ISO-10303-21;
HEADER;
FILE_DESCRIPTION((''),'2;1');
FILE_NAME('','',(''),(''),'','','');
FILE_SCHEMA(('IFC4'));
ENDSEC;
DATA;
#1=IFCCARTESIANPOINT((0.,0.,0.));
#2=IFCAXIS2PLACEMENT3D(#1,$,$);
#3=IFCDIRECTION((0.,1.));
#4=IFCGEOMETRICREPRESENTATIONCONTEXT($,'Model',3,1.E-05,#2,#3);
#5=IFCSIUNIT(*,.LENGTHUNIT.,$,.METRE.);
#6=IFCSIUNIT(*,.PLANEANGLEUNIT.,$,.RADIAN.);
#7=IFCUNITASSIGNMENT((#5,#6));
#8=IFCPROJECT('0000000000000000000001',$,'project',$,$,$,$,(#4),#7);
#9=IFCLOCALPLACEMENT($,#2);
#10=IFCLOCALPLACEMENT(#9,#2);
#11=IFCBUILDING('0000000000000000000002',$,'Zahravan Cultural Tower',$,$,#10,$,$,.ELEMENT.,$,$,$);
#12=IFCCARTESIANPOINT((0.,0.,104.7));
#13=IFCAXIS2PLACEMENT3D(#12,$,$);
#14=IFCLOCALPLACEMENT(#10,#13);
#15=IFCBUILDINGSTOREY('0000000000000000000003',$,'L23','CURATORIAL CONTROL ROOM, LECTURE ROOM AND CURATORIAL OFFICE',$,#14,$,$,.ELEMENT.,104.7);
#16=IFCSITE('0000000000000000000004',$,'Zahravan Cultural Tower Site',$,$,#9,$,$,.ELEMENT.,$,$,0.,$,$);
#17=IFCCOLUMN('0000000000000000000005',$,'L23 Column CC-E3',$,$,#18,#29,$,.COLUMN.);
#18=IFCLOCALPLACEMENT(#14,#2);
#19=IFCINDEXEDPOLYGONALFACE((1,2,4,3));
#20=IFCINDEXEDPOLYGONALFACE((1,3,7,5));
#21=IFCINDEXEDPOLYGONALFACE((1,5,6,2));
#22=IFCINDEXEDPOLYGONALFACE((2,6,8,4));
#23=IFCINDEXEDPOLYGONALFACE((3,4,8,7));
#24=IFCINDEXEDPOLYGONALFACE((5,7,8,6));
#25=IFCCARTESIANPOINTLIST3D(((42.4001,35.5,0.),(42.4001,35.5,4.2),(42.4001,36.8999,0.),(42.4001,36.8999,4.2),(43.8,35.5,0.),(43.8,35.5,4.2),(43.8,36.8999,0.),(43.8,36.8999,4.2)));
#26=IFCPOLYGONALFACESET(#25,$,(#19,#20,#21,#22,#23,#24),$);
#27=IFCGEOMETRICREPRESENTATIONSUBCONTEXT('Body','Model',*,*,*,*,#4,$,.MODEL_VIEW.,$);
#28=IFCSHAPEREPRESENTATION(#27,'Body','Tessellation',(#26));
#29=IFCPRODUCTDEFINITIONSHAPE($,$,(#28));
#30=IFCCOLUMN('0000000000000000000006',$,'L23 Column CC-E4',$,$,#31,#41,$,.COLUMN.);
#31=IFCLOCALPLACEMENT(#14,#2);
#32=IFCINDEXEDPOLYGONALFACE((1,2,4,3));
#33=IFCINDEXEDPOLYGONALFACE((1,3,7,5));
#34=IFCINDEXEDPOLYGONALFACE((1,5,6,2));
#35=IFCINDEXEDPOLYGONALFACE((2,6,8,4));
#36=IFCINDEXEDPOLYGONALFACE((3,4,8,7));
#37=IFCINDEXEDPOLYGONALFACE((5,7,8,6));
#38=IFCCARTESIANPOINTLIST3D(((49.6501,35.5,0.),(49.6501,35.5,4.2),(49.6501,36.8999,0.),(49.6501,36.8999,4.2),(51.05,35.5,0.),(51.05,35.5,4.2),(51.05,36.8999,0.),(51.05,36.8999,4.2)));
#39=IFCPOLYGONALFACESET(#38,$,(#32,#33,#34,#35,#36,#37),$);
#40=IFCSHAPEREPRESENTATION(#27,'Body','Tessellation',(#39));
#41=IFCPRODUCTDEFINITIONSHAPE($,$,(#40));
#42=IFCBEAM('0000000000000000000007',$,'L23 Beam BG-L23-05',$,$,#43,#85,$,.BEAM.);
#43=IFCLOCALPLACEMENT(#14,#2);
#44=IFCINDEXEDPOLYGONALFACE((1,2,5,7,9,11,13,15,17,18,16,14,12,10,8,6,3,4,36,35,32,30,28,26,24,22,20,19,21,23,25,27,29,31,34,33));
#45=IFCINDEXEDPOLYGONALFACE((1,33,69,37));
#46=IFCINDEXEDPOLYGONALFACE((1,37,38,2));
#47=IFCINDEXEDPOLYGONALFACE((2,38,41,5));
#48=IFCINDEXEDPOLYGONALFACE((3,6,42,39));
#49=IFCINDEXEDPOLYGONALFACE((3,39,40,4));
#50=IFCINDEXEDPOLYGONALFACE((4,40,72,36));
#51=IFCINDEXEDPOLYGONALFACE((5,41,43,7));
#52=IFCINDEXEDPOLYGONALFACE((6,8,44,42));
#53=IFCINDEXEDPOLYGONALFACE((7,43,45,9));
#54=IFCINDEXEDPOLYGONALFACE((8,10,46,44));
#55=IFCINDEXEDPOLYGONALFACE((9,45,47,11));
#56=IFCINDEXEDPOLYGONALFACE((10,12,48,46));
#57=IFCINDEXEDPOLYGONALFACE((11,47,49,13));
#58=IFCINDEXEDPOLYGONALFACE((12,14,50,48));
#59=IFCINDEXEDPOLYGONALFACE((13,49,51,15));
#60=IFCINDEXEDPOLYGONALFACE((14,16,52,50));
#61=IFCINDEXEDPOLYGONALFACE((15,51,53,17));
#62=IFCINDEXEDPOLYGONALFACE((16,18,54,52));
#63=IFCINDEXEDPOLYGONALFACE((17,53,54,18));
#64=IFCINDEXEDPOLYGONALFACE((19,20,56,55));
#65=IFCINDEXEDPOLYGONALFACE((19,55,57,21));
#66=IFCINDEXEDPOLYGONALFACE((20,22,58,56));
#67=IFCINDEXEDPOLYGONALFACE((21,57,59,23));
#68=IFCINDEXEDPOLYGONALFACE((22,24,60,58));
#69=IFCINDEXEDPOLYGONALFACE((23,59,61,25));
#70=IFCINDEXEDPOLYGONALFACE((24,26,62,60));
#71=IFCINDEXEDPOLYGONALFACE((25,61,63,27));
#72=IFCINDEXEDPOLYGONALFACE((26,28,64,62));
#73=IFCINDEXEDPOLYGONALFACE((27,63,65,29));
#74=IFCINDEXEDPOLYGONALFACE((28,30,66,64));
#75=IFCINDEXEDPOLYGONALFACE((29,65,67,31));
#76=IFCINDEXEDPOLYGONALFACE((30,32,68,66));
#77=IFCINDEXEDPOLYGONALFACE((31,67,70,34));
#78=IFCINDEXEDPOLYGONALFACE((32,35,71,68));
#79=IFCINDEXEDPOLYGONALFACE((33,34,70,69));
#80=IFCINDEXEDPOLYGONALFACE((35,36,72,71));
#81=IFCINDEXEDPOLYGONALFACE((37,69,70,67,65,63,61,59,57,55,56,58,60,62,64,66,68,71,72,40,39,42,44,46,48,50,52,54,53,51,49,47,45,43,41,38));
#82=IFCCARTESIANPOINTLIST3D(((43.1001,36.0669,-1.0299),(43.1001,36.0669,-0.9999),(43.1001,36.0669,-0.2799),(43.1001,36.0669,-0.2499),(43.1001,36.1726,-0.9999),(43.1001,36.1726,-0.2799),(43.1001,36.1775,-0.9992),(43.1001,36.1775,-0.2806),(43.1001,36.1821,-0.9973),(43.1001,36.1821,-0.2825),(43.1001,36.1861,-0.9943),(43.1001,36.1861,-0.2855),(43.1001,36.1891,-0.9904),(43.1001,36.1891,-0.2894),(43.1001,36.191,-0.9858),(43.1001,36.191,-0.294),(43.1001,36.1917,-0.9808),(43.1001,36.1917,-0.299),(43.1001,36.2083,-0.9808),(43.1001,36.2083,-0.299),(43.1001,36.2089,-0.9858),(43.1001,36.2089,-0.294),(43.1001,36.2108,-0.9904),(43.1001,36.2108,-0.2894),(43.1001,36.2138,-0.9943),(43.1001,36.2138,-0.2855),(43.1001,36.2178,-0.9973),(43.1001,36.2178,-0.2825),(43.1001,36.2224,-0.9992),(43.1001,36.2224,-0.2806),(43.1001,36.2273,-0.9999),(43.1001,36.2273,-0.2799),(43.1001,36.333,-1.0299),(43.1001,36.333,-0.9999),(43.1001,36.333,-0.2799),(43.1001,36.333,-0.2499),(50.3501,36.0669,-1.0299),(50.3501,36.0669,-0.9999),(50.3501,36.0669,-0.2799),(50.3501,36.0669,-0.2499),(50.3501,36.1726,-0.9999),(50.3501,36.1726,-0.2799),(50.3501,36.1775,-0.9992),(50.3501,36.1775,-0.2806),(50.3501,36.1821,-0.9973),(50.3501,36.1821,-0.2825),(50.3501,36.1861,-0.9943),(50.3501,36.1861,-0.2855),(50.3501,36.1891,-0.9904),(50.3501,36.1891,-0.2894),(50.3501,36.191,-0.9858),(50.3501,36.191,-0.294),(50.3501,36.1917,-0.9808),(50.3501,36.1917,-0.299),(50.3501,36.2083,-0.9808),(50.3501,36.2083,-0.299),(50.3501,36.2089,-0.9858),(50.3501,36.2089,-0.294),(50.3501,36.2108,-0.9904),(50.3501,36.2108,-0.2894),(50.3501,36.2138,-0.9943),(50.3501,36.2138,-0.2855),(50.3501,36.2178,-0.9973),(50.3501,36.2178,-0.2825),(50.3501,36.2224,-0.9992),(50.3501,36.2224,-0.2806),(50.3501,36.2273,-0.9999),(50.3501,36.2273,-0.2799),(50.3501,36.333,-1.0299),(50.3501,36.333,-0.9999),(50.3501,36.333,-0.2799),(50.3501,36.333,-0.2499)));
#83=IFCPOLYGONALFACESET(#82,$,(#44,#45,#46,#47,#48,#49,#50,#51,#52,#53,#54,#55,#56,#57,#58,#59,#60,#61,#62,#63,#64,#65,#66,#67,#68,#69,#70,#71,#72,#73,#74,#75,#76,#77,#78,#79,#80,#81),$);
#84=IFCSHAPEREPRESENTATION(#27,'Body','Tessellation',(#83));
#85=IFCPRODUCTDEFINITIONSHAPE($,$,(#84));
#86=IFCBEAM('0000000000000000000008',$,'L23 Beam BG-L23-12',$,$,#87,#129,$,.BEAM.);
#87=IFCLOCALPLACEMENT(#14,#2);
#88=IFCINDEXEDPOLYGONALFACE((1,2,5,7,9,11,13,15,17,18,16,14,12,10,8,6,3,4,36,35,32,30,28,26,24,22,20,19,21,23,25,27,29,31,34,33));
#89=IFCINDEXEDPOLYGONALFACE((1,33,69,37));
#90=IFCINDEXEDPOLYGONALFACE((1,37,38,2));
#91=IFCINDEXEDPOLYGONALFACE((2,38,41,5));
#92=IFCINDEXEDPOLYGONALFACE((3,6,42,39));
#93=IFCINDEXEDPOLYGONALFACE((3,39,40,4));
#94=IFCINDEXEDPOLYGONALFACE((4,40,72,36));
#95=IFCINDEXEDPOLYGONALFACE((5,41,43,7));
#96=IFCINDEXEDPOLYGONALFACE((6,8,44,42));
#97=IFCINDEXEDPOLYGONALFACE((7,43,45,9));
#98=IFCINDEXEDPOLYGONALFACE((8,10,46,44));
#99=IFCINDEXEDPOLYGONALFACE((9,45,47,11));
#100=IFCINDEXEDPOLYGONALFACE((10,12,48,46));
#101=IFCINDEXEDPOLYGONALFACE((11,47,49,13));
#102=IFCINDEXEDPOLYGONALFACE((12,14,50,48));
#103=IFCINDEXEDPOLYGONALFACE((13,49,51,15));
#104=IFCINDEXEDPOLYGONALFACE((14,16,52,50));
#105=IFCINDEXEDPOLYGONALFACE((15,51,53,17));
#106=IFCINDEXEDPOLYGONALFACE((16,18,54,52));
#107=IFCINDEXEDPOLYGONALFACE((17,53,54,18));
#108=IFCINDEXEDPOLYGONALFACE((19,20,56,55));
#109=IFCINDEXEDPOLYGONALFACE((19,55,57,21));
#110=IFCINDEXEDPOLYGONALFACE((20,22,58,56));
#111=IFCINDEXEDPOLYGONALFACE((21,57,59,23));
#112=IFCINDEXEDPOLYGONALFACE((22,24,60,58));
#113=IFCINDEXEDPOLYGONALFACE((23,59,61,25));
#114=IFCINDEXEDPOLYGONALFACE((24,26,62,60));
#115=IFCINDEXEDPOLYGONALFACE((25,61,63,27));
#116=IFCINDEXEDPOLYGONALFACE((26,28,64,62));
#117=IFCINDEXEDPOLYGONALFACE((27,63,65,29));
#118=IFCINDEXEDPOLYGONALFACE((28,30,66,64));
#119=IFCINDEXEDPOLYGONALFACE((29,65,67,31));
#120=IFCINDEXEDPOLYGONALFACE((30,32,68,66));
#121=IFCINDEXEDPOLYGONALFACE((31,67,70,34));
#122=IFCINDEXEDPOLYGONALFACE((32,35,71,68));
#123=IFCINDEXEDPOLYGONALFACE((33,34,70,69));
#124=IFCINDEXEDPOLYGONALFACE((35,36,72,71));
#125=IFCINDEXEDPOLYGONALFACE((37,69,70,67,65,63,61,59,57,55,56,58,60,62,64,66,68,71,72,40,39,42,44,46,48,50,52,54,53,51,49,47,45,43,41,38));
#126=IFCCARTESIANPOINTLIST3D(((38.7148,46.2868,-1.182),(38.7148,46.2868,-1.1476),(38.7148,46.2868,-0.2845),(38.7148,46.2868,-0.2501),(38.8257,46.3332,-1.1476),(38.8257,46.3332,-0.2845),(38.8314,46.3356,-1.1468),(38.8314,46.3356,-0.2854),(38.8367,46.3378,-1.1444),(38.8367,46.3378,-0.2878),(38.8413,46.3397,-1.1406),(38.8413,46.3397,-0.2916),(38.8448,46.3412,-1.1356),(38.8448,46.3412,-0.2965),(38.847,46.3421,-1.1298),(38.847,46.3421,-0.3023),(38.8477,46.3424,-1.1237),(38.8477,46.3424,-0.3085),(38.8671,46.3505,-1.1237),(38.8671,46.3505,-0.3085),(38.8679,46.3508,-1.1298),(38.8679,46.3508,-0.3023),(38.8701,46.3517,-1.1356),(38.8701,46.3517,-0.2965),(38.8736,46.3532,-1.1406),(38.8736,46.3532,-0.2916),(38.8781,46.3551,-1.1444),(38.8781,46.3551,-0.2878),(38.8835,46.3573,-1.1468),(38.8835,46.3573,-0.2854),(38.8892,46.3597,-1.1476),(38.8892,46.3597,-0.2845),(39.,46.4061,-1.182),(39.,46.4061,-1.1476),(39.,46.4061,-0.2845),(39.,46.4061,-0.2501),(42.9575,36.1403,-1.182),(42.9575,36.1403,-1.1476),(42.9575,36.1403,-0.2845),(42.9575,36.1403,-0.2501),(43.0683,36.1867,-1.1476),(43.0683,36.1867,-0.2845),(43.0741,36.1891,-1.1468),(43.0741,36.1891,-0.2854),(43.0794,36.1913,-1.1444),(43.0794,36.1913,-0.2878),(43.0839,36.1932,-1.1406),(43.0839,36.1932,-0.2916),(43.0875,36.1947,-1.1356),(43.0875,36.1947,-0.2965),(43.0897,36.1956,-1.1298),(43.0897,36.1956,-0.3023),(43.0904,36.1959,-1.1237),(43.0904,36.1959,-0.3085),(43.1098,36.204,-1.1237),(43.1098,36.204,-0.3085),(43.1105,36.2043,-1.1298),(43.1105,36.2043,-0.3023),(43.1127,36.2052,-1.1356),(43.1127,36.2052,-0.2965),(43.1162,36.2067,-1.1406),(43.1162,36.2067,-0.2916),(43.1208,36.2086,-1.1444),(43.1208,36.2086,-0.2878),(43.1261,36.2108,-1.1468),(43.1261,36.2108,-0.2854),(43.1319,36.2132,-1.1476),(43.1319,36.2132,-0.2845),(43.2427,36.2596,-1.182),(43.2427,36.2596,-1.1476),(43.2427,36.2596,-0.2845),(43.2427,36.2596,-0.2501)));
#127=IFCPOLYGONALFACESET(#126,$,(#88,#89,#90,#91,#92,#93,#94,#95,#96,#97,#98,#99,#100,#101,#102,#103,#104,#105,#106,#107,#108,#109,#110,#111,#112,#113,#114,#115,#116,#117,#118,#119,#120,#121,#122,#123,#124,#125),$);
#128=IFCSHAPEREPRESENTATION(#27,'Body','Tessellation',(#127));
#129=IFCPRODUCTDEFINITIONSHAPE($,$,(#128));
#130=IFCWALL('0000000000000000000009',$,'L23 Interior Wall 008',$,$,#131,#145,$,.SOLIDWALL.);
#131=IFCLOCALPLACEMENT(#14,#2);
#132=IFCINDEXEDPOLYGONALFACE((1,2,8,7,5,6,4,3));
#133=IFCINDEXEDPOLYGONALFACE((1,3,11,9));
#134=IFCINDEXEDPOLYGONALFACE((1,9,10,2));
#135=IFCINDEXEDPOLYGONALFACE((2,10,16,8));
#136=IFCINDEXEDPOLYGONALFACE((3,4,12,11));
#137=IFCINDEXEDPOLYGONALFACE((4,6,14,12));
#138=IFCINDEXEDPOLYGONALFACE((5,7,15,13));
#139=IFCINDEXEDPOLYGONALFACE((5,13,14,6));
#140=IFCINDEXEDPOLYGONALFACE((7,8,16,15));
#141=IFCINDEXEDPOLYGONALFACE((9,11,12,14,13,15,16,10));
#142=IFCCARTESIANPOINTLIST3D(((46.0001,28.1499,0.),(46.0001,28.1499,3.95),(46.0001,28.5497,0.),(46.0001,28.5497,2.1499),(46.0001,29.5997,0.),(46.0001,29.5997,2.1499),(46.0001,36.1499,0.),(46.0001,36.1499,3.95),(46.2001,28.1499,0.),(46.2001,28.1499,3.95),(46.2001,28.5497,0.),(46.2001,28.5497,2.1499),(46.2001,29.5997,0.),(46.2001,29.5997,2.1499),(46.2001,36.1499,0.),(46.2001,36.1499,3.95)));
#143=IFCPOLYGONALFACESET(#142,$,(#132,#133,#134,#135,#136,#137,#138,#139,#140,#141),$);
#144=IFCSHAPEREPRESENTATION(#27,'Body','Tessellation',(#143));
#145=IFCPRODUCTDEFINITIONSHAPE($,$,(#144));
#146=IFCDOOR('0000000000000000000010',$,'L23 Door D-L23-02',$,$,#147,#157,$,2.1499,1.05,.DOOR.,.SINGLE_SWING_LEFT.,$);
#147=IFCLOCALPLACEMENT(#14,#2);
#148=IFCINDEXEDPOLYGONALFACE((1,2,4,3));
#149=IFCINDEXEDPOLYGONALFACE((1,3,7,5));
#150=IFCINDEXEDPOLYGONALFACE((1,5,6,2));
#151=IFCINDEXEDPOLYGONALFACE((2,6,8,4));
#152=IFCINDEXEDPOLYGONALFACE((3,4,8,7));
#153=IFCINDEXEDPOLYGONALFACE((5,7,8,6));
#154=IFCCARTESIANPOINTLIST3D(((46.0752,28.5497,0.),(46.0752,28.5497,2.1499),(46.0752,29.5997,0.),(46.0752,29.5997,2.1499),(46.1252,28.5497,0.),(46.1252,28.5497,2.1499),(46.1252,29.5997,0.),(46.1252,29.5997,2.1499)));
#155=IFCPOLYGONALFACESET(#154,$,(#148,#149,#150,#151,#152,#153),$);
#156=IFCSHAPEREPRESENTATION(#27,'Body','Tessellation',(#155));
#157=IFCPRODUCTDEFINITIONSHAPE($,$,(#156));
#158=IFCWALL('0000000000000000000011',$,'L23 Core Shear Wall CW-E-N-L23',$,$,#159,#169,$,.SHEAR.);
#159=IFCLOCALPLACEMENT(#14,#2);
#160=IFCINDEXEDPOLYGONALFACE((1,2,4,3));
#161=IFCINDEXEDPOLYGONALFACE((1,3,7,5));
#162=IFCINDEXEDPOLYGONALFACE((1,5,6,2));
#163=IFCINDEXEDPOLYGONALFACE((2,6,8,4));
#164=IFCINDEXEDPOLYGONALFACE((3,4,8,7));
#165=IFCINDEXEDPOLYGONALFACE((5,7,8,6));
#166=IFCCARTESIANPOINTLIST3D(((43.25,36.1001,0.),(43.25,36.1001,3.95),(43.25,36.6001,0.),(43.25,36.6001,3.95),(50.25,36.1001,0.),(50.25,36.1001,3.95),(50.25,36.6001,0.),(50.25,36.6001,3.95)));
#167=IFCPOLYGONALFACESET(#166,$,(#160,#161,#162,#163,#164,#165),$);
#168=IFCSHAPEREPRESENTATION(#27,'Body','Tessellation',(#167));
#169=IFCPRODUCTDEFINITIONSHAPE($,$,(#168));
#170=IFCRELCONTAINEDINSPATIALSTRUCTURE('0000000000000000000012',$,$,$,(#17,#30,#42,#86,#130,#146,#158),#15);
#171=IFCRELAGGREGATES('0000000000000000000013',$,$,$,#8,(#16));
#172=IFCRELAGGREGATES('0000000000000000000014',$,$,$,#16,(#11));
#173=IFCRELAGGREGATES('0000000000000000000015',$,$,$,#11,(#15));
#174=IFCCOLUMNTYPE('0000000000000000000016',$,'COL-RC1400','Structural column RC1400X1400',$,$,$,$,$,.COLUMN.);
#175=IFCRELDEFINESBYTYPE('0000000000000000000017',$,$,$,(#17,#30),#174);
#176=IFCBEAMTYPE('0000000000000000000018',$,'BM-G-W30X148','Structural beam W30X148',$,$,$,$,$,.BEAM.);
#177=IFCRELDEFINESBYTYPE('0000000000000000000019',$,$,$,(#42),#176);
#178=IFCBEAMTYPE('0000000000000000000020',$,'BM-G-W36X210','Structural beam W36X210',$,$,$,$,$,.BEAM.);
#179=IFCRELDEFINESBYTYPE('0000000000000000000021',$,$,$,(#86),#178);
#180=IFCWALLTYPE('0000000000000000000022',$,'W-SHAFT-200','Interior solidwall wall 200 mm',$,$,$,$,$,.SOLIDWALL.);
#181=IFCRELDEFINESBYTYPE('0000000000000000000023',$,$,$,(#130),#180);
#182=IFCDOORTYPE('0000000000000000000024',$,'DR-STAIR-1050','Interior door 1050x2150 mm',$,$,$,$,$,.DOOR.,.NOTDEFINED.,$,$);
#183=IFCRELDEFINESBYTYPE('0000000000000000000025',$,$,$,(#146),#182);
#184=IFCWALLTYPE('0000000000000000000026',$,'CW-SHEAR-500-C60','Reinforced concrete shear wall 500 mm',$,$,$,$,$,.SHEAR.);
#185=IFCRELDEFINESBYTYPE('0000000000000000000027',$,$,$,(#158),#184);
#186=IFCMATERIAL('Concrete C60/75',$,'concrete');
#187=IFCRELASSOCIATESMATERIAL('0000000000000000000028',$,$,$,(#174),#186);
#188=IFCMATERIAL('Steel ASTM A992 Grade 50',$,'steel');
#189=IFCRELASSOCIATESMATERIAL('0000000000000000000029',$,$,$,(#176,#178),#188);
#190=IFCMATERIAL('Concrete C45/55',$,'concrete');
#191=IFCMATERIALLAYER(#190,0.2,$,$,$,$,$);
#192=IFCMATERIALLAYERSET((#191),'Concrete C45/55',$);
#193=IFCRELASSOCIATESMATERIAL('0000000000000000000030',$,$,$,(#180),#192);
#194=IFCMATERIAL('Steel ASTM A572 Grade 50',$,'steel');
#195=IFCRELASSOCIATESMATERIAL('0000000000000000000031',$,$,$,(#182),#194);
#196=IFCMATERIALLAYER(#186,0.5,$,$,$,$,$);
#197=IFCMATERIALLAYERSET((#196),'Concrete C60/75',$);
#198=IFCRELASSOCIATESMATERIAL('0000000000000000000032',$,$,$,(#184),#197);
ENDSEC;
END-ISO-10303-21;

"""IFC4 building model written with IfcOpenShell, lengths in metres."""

from ifc_helpers import new_model, si_unit, direction, frame, frame_2d, origin, origin_2d, place, context, subcontext, project, spatial, rectangle, i_section, extrude, source, transform, mapped, material, layer, layer_set, material_profile, profile_set, type_object, element, fill, save


model = new_model("IFC4")

# Units and contexts
model_context = context("Model", 3, precision=1e-05, world=origin(), true_north=direction((0.0, 1.0)))
body_context = subcontext(model_context, "Body", "Model", "MODEL_VIEW")
ifc_project = project(units=[si_unit("LENGTHUNIT", "METRE"), si_unit("PLANEANGLEUNIT", "RADIAN")], contexts=[model_context])

# Site, building, storey
site_placement = place(None, origin())
site = spatial("IfcSite", under=ifc_project, at=site_placement, Name="Zahravan Cultural Tower Site", CompositionType="ELEMENT", RefElevation=0.0)
building_placement = place(site_placement, origin())
building = spatial("IfcBuilding", under=site, at=building_placement, Name="Zahravan Cultural Tower", CompositionType="ELEMENT")
storey_placement = place(building_placement, frame((0.0, 0.0, 104.7)))
storey = spatial("IfcBuildingStorey", under=building, at=storey_placement, Name="L23", Description="CURATORIAL CONTROL ROOM, LECTURE ROOM AND CURATORIAL OFFICE", CompositionType="ELEMENT", Elevation=104.7)

# Columns
ifc_material_1 = material(Name="Concrete C60/75", Category="concrete")
ifc_material_profile_1 = material_profile(ifc_material_1, rectangle(XDim=1.3999, YDim=1.3999, at=origin_2d()), Name="RC1400X1400")
ifc_profile_set_1 = profile_set([ifc_material_profile_1], Name="Concrete C60/75")
column_type = type_object("IfcColumnType", Name="COL-RC1400", Description="Structural column RC1400X1400", PredefinedType="COLUMN", material=ifc_profile_set_1)
shared_shape_1 = source(origin(), body_context, "Body", "SweptSolid", [
    extrude(rectangle(XDim=1.3999, YDim=1.3999, at=origin_2d()), origin(), (0.0, 0.0, 1.0), 4.2),
])
for number, where, z_axis, x_axis, name in (
    (1, (43.1001, 36.2, 0.0), (0.0, 0.0, 1.0), (1.0, 0.0, 0.0), "L23 Column CC-E3"),
    (2, (50.3501, 36.2, 0.0), (0.0, 0.0, 1.0), (1.0, 0.0, 0.0), "L23 Column CC-E4"),
):
    element("IfcColumn", number, at=place(storey_placement, frame(where, z_axis=z_axis, x_axis=x_axis)), inside=storey, type_object=column_type, Name=name, PredefinedType="COLUMN", context=body_context, shape_type="MappedRepresentation", body=[
        mapped(shared_shape_1, transform((0.0, 0.0, 0.0), x_axis=(1.0, 0.0, 0.0), y_axis=(0.0, 1.0, 0.0), z_axis=(0.0, 0.0, 1.0), scale=1.0)),
    ])

# Beams
ifc_material_2 = material(Name="Steel ASTM A992 Grade 50", Category="steel")
ifc_material_profile_2 = material_profile(ifc_material_2, i_section(OverallWidth=0.2661, OverallDepth=0.78, WebThickness=0.0166, FlangeThickness=0.03, FilletRadius=0.019, at=origin_2d()), Name="W30X148")
ifc_profile_set_2 = profile_set([ifc_material_profile_2], Name="Steel ASTM A992 Grade 50")
beam_type_1 = type_object("IfcBeamType", Name="BM-G-W30X148", Description="Structural beam W30X148", PredefinedType="BEAM", material=ifc_profile_set_2)
shared_shape_2 = source(origin(), body_context, "Body", "SweptSolid", [
    extrude(i_section(OverallWidth=0.2661, OverallDepth=0.78, WebThickness=0.0166, FlangeThickness=0.03, FilletRadius=0.019, at=origin_2d()), origin(), (0.0, 0.0, 1.0), 7.25),
])
beam_1_placement = place(storey_placement, frame((43.1001, 36.2, -0.6399), z_axis=(1.0, 0.0, 0.0), x_axis=(0.0, 1.0, 0.0)))
element("IfcBeam", 3, at=beam_1_placement, inside=storey, type_object=beam_type_1, Name="L23 Beam BG-L23-05", PredefinedType="BEAM", context=body_context, shape_type="MappedRepresentation", body=[
    mapped(shared_shape_2, transform((0.0, 0.0, 0.0), x_axis=(1.0, 0.0, 0.0), y_axis=(0.0, 1.0, 0.0), z_axis=(0.0, 0.0, 1.0), scale=1.0)),
])
ifc_material_profile_3 = material_profile(ifc_material_2, i_section(OverallWidth=0.3091, OverallDepth=0.9319, WebThickness=0.021, FlangeThickness=0.0344, FilletRadius=0.0239, at=origin_2d()), Name="W36X210")
ifc_profile_set_3 = profile_set([ifc_material_profile_3], Name="Steel ASTM A992 Grade 50")
beam_type_2 = type_object("IfcBeamType", Name="BM-G-W36X210", Description="Structural beam W36X210", PredefinedType="BEAM", material=ifc_profile_set_3)
shared_shape_3 = source(origin(), body_context, "Body", "SweptSolid", [
    extrude(i_section(OverallWidth=0.3091, OverallDepth=0.9319, WebThickness=0.021, FlangeThickness=0.0344, FilletRadius=0.0239, at=origin_2d()), origin(), (0.0, 0.0, 1.0), 10.9978),
])
beam_2_placement = place(storey_placement, frame((43.1001, 36.2, -0.7161), z_axis=(-0.385775, 0.922593, 0.0), x_axis=(-0.922593, -0.385775, 0.0)))
element("IfcBeam", 4, at=beam_2_placement, inside=storey, type_object=beam_type_2, Name="L23 Beam BG-L23-12", PredefinedType="BEAM", context=body_context, shape_type="MappedRepresentation", body=[
    mapped(shared_shape_3, transform((0.0, 0.0, 0.0), x_axis=(1.0, 0.0, 0.0), y_axis=(0.0, 1.0, 0.0), z_axis=(0.0, 0.0, 1.0), scale=1.0)),
])

# Wall, opening, door
ifc_material_3 = material(Name="Concrete C45/55", Category="concrete")
ifc_layer_1 = layer(ifc_material_3, 0.2)
ifc_layer_set_1 = layer_set([ifc_layer_1], Name="Concrete C45/55")
wall_type_1 = type_object("IfcWallType", Name="W-SHAFT-200", Description="Interior solidwall wall 200 mm", PredefinedType="SOLIDWALL", material=ifc_layer_set_1)
wall_1_placement = place(storey_placement, frame((46.1001, 28.1499, 0.0), z_axis=(0.0, 0.0, 1.0), x_axis=(0.0, 1.0, 0.0)))
wall_1 = element("IfcWall", 5, at=wall_1_placement, inside=storey, type_object=wall_type_1, Name="L23 Interior Wall 008", PredefinedType="SOLIDWALL", context=body_context, shape_type="SweptSolid", body=[
    extrude(rectangle(XDim=8.0, YDim=0.2, at=frame_2d((4.0, 0.0))), origin(), (0.0, 0.0, 1.0), 3.95),
])
opening_1_placement = place(wall_1_placement, frame((0.3999, 0.0, 0.0)))
opening_1 = element("IfcOpeningElement", 6, at=opening_1_placement, cuts=wall_1, PredefinedType="OPENING", context=body_context, shape_type="SweptSolid", body=[
    extrude(rectangle(XDim=1.05, YDim=2.1499, at=frame_2d((0.5249, 1.075))), frame((0.0, 0.1099, 0.0), z_axis=(0.0, -1.0, 0.0), x_axis=(1.0, 0.0, 0.0)), (0.0, 0.0, 1.0), 0.22),
])
ifc_material_4 = material(Name="Steel ASTM A572 Grade 50", Category="steel")
door_type_1 = type_object("IfcDoorType", Name="DR-STAIR-1050", Description="Interior door 1050x2150 mm", OperationType="NOTDEFINED", PredefinedType="DOOR", material=ifc_material_4)
shared_shape_4 = source(origin(), body_context, "Body", "SweptSolid", [
    extrude(rectangle(XDim=1.05, YDim=2.1499, at=frame_2d((0.5249, 1.075))), frame((0.0, 0.0249, 0.0), z_axis=(0.0, -1.0, 0.0), x_axis=(1.0, 0.0, 0.0)), (0.0, 0.0, 1.0), 0.05),
])
door_1_placement = place(opening_1_placement, origin())
door_1 = element("IfcDoor", 7, at=door_1_placement, inside=storey, type_object=door_type_1, Name="L23 Door D-L23-02", OperationType="SINGLE_SWING_LEFT", OverallHeight=2.1499, OverallWidth=1.05, PredefinedType="DOOR", context=body_context, shape_type="MappedRepresentation", body=[
    mapped(shared_shape_4, transform((0.0, 0.0, 0.0), x_axis=(1.0, 0.0, 0.0), y_axis=(0.0, 1.0, 0.0), z_axis=(0.0, 0.0, 1.0), scale=1.0)),
])
fill(opening_1, door_1)

# Wall
ifc_layer_2 = layer(ifc_material_1, 0.5)
ifc_layer_set_2 = layer_set([ifc_layer_2], Name="Concrete C60/75")
wall_type_2 = type_object("IfcWallType", Name="CW-SHEAR-500-C60", Description="Reinforced concrete shear wall 500 mm", PredefinedType="SHEAR", material=ifc_layer_set_2)
shared_shape_5 = source(origin(), body_context, "Body", "SweptSolid", [
    extrude(rectangle(XDim=7.0, YDim=0.5, at=frame_2d((3.5, 0.0))), origin(), (0.0, 0.0, 1.0), 3.95),
])
wall_2_placement = place(storey_placement, frame((43.25, 36.3501, 0.0), z_axis=(0.0, 0.0, 1.0), x_axis=(1.0, 0.0, 0.0)))
element("IfcWall", 8, at=wall_2_placement, inside=storey, type_object=wall_type_2, Name="L23 Core Shear Wall CW-E-N-L23", PredefinedType="SHEAR", context=body_context, shape_type="MappedRepresentation", body=[
    mapped(shared_shape_5, transform((0.0, 0.0, 0.0), x_axis=(1.0, 0.0, 0.0), y_axis=(0.0, 1.0, 0.0), z_axis=(0.0, 0.0, 1.0), scale=1.0)),
])

save(model, "model.ifc")
